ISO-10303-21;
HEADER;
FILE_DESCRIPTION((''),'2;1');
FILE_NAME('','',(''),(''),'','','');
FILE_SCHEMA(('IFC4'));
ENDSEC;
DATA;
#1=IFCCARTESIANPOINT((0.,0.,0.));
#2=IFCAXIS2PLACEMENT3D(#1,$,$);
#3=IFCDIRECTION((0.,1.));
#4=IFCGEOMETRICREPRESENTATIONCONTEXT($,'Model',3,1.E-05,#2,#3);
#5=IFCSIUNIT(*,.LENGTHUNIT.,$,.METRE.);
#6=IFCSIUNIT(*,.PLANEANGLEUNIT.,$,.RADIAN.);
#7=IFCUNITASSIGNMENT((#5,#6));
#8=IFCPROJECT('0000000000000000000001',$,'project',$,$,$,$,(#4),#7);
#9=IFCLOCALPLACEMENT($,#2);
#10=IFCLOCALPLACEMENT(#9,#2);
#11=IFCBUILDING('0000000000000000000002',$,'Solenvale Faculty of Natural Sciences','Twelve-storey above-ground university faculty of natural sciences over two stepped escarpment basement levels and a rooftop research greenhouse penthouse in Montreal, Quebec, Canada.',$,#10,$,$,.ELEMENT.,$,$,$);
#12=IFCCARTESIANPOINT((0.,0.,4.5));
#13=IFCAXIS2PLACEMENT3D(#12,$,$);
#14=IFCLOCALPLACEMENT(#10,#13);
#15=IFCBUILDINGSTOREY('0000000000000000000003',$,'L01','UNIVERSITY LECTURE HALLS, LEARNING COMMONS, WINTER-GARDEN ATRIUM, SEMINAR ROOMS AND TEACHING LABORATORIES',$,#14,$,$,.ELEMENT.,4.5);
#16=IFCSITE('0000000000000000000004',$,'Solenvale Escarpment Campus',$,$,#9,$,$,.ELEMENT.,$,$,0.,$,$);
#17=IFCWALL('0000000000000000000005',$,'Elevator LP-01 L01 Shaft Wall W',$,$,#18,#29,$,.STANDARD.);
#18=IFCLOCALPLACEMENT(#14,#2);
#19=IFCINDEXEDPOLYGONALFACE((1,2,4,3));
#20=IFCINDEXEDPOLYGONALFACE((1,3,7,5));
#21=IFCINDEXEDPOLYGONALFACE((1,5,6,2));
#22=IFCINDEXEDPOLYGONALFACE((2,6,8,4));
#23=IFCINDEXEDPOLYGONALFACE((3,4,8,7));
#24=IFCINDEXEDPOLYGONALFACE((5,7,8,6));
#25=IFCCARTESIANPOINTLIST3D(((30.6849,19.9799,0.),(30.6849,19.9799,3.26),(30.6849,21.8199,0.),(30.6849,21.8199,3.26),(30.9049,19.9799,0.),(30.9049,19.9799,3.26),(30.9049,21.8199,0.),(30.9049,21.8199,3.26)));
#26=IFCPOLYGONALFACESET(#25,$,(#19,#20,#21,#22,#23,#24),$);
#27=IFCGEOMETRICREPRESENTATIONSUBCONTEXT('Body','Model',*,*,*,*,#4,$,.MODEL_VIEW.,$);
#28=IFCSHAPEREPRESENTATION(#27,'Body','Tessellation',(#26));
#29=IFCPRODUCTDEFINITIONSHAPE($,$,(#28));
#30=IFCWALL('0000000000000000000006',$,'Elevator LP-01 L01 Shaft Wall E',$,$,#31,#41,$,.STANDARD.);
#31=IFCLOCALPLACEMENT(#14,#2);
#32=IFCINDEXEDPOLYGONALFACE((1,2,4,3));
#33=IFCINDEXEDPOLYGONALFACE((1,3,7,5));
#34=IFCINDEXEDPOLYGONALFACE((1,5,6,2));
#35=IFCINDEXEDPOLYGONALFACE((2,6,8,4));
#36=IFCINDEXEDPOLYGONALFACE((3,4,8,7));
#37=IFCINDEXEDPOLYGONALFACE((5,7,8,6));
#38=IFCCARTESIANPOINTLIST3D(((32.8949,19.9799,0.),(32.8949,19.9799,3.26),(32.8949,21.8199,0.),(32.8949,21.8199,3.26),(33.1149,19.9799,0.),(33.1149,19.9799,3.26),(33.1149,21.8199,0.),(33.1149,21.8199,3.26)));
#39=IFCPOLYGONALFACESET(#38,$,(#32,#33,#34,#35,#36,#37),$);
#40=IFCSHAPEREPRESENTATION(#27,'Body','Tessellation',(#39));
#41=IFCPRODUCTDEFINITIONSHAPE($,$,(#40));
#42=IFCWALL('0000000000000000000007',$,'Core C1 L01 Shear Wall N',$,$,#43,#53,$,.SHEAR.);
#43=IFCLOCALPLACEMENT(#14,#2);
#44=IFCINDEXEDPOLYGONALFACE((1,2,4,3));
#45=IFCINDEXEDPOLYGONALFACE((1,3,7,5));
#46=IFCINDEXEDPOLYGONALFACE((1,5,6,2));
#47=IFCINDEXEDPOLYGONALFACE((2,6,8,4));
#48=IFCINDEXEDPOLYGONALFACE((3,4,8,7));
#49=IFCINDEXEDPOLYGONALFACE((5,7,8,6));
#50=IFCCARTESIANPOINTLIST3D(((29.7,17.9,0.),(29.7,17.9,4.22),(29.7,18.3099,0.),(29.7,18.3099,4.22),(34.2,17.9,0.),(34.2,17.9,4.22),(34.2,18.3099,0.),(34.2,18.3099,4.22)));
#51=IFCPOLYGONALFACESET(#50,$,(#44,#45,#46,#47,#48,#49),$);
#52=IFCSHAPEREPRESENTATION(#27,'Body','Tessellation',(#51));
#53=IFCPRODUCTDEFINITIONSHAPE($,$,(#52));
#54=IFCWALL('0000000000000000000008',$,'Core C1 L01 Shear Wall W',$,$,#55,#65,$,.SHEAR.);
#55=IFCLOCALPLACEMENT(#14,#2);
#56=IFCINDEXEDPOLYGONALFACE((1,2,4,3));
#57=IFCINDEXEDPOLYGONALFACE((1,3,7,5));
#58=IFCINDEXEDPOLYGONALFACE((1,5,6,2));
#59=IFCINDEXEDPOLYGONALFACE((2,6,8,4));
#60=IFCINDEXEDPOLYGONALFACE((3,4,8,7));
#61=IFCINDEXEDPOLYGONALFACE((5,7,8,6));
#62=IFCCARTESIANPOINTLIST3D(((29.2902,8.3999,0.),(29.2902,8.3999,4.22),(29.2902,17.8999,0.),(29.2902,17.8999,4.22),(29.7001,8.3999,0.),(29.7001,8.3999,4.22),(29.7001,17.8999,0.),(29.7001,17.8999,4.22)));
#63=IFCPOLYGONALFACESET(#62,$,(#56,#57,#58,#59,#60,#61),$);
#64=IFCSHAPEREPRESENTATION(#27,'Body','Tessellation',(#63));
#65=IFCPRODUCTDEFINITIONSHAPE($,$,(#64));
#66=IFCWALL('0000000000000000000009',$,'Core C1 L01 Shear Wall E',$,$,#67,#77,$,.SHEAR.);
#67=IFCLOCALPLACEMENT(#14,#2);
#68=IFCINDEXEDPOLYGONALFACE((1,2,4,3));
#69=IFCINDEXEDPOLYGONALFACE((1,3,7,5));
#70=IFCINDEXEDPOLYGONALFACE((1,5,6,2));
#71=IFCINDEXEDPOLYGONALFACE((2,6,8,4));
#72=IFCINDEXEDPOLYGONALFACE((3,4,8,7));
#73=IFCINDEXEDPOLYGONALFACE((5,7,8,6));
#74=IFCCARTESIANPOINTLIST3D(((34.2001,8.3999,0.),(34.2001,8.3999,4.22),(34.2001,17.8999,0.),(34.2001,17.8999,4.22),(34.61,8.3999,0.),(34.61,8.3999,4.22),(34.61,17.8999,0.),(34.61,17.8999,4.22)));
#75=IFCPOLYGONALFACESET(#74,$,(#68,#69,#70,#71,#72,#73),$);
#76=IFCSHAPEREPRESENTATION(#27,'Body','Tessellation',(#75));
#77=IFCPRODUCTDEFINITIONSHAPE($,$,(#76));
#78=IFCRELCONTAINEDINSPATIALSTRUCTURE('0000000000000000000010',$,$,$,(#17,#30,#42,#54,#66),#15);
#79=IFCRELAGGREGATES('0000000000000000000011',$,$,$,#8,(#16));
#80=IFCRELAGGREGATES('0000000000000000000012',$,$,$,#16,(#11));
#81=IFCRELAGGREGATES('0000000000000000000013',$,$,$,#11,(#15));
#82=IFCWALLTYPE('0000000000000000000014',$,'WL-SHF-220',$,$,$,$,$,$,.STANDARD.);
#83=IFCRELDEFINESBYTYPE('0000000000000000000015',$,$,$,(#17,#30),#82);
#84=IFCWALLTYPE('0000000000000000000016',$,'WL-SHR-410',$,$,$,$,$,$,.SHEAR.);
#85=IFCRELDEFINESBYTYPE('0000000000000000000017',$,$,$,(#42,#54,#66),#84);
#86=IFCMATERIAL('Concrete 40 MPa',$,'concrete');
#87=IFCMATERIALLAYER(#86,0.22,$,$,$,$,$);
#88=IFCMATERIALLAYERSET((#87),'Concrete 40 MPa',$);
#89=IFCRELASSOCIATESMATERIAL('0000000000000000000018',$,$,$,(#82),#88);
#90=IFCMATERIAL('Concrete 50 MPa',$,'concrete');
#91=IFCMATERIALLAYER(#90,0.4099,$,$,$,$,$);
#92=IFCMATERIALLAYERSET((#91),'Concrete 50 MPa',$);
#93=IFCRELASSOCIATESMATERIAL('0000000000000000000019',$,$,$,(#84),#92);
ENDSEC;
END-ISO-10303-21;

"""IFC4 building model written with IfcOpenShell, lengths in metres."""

from ifc_helpers import new_model, si_unit, direction, frame, frame_2d, origin, place, context, subcontext, project, spatial, rectangle, extrude, material, layer, layer_set, type_object, element, save


model = new_model("IFC4")

# Units and contexts
model_context = context("Model", 3, precision=1e-05, world=origin(), true_north=direction((0.0, 1.0)))
body_context = subcontext(model_context, "Body", "Model", "MODEL_VIEW")
ifc_project = project(units=[si_unit("LENGTHUNIT", "METRE"), si_unit("PLANEANGLEUNIT", "RADIAN")], contexts=[model_context])

# Site, building, storey
site_placement = place(None, origin())
site = spatial("IfcSite", under=ifc_project, at=site_placement, Name="Solenvale Escarpment Campus", CompositionType="ELEMENT", RefElevation=0.0)
building_placement = place(site_placement, origin())
building = spatial("IfcBuilding", under=site, at=building_placement, Name="Solenvale Faculty of Natural Sciences", Description="Twelve-storey above-ground university faculty of natural sciences over two stepped escarpment basement levels and a rooftop research greenhouse penthouse in Montreal, Quebec, Canada.", CompositionType="ELEMENT")
storey_placement = place(building_placement, frame((0.0, 0.0, 4.5)))
storey = spatial("IfcBuildingStorey", under=building, at=storey_placement, Name="L01", Description="UNIVERSITY LECTURE HALLS, LEARNING COMMONS, WINTER-GARDEN ATRIUM, SEMINAR ROOMS AND TEACHING LABORATORIES", CompositionType="ELEMENT", Elevation=4.5)

# Shared definitions
ifc_material_1 = material(Name="Concrete 50 MPa", Category="concrete")

# Shared definitions
ifc_material_2 = material(Name="Concrete 40 MPa", Category="concrete")

# Shared definitions
ifc_layer_1 = layer(ifc_material_2, 0.22)
ifc_layer_set_1 = layer_set([ifc_layer_1], Name="Concrete 40 MPa")
wall_type_1 = type_object("IfcWallType", Name="WL-SHF-220", PredefinedType="STANDARD", material=ifc_layer_set_1)

# Walls
for number, where, z_axis, x_axis, name in (
    (1, (30.7949, 19.98, 0.0), (0.0, 0.0, 1.0), (0.0, 1.0, 0.0), "Elevator LP-01 L01 Shaft Wall W"),
    (2, (33.0049, 19.98, 0.0), (0.0, 0.0, 1.0), (0.0, 1.0, 0.0), "Elevator LP-01 L01 Shaft Wall E"),
):
    element("IfcWall", number, at=place(storey_placement, frame(where, z_axis=z_axis, x_axis=x_axis)), inside=storey, type_object=wall_type_1, Name=name, PredefinedType="STANDARD", context=body_context, shape_type="SweptSolid", body=[
        extrude(rectangle(XDim=1.8401, YDim=0.22, at=frame_2d((0.9199, 0.0))), origin(), (0.0, 0.0, 1.0), 3.26),
    ])

# Shared definitions
ifc_layer_2 = layer(ifc_material_1, 0.4099)
ifc_layer_set_2 = layer_set([ifc_layer_2], Name="Concrete 50 MPa")
wall_type_2 = type_object("IfcWallType", Name="WL-SHR-410", PredefinedType="SHEAR", material=ifc_layer_set_2)

# Walls
wall_1_placement = place(storey_placement, frame((29.7, 18.105, 0.0), z_axis=(0.0, 0.0, 1.0), x_axis=(1.0, 0.0, 0.0)))
element("IfcWall", 3, at=wall_1_placement, inside=storey, type_object=wall_type_2, Name="Core C1 L01 Shear Wall N", PredefinedType="SHEAR", context=body_context, shape_type="SweptSolid", body=[
    extrude(rectangle(XDim=4.5, YDim=0.4099, at=frame_2d((2.25, 0.0))), origin(), (0.0, 0.0, 1.0), 4.22),
])
for number, where, z_axis, x_axis, name in (
    (4, (29.4951, 8.3999, 0.0), (0.0, 0.0, 1.0), (0.0, 1.0, 0.0), "Core C1 L01 Shear Wall W"),
    (5, (34.405, 8.3999, 0.0), (0.0, 0.0, 1.0), (0.0, 1.0, 0.0), "Core C1 L01 Shear Wall E"),
):
    element("IfcWall", number, at=place(storey_placement, frame(where, z_axis=z_axis, x_axis=x_axis)), inside=storey, type_object=wall_type_2, Name=name, PredefinedType="SHEAR", context=body_context, shape_type="SweptSolid", body=[
        extrude(rectangle(XDim=9.5, YDim=0.4099, at=frame_2d((4.75, 0.0))), origin(), (0.0, 0.0, 1.0), 4.22),
    ])

save(model, "model.ifc")
